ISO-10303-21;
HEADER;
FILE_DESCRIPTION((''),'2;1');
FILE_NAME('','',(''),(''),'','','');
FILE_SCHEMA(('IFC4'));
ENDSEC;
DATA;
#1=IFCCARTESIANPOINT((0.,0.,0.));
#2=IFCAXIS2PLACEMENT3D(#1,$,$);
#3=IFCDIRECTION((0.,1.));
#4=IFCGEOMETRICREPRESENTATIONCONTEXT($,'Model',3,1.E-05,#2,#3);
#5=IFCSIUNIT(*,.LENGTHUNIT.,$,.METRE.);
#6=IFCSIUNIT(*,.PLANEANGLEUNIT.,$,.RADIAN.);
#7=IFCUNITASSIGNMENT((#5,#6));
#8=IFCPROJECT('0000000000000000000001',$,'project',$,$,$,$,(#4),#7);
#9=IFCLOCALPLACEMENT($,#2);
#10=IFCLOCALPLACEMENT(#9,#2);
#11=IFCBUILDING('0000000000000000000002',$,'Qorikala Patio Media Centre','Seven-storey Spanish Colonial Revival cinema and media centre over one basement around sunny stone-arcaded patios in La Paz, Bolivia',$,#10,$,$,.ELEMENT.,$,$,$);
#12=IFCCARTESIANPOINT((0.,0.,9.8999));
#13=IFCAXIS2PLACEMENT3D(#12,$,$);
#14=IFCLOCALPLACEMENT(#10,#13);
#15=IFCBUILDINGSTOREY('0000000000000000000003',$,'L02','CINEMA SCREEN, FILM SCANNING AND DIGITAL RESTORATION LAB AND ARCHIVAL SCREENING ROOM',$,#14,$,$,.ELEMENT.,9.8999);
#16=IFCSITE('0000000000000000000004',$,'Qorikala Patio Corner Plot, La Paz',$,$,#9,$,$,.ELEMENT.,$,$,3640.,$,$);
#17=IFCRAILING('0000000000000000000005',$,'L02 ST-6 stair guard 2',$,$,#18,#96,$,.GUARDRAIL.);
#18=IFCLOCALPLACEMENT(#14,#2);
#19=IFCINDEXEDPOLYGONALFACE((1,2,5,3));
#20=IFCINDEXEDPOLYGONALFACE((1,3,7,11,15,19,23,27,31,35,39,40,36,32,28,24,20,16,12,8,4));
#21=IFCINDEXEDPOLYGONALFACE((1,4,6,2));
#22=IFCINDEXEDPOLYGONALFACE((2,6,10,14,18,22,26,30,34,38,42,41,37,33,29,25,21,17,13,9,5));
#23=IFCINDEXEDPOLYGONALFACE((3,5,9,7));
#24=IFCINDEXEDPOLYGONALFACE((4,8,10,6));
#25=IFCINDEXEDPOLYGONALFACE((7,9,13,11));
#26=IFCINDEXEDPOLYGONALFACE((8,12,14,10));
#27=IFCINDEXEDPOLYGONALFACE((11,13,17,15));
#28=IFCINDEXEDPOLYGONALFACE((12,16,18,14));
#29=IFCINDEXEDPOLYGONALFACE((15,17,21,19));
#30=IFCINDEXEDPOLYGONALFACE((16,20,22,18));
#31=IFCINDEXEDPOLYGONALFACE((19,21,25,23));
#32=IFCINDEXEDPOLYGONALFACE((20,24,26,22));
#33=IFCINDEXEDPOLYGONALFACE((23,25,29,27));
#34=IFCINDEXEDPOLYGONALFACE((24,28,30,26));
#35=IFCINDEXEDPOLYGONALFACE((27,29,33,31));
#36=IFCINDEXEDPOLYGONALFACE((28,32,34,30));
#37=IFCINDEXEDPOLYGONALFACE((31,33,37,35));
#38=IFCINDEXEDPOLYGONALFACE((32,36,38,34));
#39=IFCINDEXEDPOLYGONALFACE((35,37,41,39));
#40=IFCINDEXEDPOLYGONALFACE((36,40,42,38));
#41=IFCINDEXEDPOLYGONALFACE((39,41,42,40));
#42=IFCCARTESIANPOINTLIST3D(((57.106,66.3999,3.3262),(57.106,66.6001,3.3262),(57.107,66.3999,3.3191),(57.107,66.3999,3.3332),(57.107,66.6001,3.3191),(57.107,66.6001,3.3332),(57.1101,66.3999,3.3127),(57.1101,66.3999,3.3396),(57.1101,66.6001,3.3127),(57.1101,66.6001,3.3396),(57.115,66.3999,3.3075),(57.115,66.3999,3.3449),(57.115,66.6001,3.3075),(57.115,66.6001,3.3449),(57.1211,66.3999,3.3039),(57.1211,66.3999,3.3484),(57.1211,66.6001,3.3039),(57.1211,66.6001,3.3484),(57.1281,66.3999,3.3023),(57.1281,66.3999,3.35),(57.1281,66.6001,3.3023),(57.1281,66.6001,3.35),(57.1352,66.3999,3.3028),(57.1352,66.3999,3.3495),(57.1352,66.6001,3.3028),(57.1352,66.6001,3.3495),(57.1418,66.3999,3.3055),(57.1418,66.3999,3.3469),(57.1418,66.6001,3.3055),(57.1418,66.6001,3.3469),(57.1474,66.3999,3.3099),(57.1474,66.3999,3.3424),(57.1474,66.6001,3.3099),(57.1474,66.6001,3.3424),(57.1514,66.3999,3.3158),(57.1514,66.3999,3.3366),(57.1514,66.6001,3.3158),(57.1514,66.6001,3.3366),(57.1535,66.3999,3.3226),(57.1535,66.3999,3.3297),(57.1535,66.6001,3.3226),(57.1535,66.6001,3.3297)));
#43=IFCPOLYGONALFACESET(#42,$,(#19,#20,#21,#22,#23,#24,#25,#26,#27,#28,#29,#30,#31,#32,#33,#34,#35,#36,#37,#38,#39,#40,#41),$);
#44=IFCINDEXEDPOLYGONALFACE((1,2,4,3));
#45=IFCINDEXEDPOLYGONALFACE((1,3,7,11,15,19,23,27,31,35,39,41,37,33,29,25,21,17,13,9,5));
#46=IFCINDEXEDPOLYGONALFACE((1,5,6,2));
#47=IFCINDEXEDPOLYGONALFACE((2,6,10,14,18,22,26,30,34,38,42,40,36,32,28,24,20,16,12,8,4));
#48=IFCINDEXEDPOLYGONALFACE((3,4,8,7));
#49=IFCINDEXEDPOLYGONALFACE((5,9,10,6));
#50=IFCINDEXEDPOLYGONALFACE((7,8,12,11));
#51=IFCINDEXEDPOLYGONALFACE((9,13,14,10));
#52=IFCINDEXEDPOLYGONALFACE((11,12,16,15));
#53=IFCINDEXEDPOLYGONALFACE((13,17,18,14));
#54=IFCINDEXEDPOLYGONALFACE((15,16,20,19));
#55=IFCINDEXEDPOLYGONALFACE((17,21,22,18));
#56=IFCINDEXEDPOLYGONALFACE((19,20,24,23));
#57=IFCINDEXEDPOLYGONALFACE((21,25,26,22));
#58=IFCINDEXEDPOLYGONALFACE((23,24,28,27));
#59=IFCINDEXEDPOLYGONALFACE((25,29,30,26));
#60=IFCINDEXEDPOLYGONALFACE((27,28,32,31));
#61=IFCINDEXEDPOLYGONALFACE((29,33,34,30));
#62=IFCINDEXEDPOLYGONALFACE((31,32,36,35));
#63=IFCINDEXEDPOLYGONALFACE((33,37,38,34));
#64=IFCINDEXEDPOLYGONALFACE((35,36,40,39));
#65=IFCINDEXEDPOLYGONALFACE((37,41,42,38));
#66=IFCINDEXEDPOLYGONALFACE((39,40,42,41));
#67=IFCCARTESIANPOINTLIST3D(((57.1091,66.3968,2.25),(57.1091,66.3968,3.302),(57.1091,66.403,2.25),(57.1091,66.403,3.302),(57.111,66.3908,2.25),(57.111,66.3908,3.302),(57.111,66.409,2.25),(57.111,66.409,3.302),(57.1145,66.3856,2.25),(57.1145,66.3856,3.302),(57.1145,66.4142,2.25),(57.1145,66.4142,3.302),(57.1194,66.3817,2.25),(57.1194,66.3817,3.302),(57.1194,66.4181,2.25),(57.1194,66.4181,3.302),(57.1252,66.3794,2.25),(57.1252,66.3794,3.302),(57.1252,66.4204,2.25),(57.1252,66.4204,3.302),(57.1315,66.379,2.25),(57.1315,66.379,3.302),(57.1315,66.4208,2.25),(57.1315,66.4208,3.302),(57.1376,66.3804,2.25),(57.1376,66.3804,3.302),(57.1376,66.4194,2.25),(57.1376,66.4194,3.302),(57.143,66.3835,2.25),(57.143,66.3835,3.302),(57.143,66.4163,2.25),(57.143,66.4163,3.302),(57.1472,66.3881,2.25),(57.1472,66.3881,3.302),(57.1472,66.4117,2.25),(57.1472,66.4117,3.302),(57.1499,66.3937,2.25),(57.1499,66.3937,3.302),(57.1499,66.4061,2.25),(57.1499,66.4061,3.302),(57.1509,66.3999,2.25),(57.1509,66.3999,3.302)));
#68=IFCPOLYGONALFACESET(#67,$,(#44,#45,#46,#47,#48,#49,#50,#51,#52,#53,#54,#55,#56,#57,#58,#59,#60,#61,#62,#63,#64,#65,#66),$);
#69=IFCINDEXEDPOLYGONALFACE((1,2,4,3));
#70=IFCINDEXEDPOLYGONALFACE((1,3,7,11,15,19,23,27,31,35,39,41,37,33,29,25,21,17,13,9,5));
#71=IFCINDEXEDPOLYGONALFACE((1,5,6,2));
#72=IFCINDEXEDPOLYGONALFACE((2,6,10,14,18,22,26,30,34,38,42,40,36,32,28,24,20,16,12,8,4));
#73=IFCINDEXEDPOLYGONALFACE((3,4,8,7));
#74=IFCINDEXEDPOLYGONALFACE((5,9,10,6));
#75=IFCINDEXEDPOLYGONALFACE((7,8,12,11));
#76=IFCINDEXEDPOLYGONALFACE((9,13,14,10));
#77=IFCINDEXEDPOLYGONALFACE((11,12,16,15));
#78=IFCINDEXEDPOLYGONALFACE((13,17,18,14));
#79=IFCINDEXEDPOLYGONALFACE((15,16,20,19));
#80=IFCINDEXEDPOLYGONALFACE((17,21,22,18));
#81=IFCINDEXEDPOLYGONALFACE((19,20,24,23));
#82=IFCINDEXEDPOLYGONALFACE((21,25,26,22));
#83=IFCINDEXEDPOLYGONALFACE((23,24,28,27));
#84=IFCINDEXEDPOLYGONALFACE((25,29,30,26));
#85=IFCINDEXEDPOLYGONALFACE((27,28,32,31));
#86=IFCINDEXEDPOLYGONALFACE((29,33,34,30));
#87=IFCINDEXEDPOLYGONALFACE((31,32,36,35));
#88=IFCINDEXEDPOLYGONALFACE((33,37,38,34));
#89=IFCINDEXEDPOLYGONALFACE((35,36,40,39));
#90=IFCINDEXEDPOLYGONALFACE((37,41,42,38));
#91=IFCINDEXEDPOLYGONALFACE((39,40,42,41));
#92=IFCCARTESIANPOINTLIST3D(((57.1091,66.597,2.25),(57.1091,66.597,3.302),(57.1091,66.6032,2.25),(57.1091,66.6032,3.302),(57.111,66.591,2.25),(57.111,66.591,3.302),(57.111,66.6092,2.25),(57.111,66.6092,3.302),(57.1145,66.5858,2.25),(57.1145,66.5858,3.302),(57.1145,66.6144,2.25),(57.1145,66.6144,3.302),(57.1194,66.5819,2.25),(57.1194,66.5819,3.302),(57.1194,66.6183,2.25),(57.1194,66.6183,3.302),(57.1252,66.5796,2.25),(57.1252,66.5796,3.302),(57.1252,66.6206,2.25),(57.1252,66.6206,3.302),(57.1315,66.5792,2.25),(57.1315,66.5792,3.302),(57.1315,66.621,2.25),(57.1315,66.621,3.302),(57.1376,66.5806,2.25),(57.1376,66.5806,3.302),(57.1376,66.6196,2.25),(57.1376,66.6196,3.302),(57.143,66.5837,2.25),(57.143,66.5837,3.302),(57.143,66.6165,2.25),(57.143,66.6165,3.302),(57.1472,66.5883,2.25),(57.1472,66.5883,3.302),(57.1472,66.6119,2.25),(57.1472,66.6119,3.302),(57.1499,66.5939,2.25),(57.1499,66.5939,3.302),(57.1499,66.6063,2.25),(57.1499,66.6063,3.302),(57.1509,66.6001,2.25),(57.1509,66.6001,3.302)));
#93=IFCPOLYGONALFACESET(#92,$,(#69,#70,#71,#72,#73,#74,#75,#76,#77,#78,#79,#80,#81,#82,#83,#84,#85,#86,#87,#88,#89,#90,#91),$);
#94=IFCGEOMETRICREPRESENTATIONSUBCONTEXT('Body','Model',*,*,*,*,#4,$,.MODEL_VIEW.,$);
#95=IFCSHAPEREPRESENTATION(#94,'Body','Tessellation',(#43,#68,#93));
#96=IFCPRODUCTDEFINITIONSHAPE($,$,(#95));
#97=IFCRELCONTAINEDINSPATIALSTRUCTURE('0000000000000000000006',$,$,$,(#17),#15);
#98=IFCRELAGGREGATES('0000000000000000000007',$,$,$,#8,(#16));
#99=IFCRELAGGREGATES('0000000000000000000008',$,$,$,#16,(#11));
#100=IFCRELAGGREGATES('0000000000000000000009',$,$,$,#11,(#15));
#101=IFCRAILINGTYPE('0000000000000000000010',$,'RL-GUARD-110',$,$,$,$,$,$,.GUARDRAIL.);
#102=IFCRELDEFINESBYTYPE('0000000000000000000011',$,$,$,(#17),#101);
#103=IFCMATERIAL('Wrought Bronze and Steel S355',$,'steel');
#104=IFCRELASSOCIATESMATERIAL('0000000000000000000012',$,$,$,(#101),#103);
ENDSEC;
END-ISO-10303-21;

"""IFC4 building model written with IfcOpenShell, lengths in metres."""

from ifc_helpers import new_model, si_unit, direction, frame, origin, origin_2d, place, context, subcontext, project, spatial, circle, extrude, material, type_object, element, save


model = new_model("IFC4")

# Units and contexts
model_context = context("Model", 3, precision=1e-05, world=origin(), true_north=direction((0.0, 1.0)))
body_context = subcontext(model_context, "Body", "Model", "MODEL_VIEW")
ifc_project = project(units=[si_unit("LENGTHUNIT", "METRE"), si_unit("PLANEANGLEUNIT", "RADIAN")], contexts=[model_context])

# Site, building, storey
site_placement = place(None, origin())
site = spatial("IfcSite", under=ifc_project, at=site_placement, Name="Qorikala Patio Corner Plot, La Paz", CompositionType="ELEMENT", RefElevation=3640.0)
building_placement = place(site_placement, origin())
building = spatial("IfcBuilding", under=site, at=building_placement, Name="Qorikala Patio Media Centre", Description="Seven-storey Spanish Colonial Revival cinema and media centre over one basement around sunny stone-arcaded patios in La Paz, Bolivia", CompositionType="ELEMENT")
storey_placement = place(building_placement, frame((0.0, 0.0, 9.8999)))
storey = spatial("IfcBuildingStorey", under=building, at=storey_placement, Name="L02", Description="CINEMA SCREEN, FILM SCANNING AND DIGITAL RESTORATION LAB AND ARCHIVAL SCREENING ROOM", CompositionType="ELEMENT", Elevation=9.8999)

# Railing
ifc_material_1 = material(Name="Wrought Bronze and Steel S355", Category="steel")
railing_type_1 = type_object("IfcRailingType", Name="RL-GUARD-110", PredefinedType="GUARDRAIL", material=ifc_material_1)
railing_1_placement = place(storey_placement, frame((57.1299, 66.3999, 2.25)))
element("IfcRailing", 1, at=railing_1_placement, inside=storey, type_object=railing_type_1, Name="L02 ST-6 stair guard 2", PredefinedType="GUARDRAIL", context=body_context, shape_type="SweptSolid", body=[
    extrude(circle(Radius=0.0239, at=origin_2d()), frame((0.0, 0.0, 1.0762), z_axis=(0.0, 1.0, 0.0), x_axis=(-1.0, 0.0, 0.0)), (0.0, 0.0, 1.0), 0.2002),
    extrude(circle(Radius=0.021, at=origin_2d()), origin(), (0.0, 0.0, 1.0), 1.052),
    extrude(circle(Radius=0.021, at=origin_2d()), frame((0.0, 0.2002, 0.0)), (0.0, 0.0, 1.0), 1.052),
])

save(model, "model.ifc")
